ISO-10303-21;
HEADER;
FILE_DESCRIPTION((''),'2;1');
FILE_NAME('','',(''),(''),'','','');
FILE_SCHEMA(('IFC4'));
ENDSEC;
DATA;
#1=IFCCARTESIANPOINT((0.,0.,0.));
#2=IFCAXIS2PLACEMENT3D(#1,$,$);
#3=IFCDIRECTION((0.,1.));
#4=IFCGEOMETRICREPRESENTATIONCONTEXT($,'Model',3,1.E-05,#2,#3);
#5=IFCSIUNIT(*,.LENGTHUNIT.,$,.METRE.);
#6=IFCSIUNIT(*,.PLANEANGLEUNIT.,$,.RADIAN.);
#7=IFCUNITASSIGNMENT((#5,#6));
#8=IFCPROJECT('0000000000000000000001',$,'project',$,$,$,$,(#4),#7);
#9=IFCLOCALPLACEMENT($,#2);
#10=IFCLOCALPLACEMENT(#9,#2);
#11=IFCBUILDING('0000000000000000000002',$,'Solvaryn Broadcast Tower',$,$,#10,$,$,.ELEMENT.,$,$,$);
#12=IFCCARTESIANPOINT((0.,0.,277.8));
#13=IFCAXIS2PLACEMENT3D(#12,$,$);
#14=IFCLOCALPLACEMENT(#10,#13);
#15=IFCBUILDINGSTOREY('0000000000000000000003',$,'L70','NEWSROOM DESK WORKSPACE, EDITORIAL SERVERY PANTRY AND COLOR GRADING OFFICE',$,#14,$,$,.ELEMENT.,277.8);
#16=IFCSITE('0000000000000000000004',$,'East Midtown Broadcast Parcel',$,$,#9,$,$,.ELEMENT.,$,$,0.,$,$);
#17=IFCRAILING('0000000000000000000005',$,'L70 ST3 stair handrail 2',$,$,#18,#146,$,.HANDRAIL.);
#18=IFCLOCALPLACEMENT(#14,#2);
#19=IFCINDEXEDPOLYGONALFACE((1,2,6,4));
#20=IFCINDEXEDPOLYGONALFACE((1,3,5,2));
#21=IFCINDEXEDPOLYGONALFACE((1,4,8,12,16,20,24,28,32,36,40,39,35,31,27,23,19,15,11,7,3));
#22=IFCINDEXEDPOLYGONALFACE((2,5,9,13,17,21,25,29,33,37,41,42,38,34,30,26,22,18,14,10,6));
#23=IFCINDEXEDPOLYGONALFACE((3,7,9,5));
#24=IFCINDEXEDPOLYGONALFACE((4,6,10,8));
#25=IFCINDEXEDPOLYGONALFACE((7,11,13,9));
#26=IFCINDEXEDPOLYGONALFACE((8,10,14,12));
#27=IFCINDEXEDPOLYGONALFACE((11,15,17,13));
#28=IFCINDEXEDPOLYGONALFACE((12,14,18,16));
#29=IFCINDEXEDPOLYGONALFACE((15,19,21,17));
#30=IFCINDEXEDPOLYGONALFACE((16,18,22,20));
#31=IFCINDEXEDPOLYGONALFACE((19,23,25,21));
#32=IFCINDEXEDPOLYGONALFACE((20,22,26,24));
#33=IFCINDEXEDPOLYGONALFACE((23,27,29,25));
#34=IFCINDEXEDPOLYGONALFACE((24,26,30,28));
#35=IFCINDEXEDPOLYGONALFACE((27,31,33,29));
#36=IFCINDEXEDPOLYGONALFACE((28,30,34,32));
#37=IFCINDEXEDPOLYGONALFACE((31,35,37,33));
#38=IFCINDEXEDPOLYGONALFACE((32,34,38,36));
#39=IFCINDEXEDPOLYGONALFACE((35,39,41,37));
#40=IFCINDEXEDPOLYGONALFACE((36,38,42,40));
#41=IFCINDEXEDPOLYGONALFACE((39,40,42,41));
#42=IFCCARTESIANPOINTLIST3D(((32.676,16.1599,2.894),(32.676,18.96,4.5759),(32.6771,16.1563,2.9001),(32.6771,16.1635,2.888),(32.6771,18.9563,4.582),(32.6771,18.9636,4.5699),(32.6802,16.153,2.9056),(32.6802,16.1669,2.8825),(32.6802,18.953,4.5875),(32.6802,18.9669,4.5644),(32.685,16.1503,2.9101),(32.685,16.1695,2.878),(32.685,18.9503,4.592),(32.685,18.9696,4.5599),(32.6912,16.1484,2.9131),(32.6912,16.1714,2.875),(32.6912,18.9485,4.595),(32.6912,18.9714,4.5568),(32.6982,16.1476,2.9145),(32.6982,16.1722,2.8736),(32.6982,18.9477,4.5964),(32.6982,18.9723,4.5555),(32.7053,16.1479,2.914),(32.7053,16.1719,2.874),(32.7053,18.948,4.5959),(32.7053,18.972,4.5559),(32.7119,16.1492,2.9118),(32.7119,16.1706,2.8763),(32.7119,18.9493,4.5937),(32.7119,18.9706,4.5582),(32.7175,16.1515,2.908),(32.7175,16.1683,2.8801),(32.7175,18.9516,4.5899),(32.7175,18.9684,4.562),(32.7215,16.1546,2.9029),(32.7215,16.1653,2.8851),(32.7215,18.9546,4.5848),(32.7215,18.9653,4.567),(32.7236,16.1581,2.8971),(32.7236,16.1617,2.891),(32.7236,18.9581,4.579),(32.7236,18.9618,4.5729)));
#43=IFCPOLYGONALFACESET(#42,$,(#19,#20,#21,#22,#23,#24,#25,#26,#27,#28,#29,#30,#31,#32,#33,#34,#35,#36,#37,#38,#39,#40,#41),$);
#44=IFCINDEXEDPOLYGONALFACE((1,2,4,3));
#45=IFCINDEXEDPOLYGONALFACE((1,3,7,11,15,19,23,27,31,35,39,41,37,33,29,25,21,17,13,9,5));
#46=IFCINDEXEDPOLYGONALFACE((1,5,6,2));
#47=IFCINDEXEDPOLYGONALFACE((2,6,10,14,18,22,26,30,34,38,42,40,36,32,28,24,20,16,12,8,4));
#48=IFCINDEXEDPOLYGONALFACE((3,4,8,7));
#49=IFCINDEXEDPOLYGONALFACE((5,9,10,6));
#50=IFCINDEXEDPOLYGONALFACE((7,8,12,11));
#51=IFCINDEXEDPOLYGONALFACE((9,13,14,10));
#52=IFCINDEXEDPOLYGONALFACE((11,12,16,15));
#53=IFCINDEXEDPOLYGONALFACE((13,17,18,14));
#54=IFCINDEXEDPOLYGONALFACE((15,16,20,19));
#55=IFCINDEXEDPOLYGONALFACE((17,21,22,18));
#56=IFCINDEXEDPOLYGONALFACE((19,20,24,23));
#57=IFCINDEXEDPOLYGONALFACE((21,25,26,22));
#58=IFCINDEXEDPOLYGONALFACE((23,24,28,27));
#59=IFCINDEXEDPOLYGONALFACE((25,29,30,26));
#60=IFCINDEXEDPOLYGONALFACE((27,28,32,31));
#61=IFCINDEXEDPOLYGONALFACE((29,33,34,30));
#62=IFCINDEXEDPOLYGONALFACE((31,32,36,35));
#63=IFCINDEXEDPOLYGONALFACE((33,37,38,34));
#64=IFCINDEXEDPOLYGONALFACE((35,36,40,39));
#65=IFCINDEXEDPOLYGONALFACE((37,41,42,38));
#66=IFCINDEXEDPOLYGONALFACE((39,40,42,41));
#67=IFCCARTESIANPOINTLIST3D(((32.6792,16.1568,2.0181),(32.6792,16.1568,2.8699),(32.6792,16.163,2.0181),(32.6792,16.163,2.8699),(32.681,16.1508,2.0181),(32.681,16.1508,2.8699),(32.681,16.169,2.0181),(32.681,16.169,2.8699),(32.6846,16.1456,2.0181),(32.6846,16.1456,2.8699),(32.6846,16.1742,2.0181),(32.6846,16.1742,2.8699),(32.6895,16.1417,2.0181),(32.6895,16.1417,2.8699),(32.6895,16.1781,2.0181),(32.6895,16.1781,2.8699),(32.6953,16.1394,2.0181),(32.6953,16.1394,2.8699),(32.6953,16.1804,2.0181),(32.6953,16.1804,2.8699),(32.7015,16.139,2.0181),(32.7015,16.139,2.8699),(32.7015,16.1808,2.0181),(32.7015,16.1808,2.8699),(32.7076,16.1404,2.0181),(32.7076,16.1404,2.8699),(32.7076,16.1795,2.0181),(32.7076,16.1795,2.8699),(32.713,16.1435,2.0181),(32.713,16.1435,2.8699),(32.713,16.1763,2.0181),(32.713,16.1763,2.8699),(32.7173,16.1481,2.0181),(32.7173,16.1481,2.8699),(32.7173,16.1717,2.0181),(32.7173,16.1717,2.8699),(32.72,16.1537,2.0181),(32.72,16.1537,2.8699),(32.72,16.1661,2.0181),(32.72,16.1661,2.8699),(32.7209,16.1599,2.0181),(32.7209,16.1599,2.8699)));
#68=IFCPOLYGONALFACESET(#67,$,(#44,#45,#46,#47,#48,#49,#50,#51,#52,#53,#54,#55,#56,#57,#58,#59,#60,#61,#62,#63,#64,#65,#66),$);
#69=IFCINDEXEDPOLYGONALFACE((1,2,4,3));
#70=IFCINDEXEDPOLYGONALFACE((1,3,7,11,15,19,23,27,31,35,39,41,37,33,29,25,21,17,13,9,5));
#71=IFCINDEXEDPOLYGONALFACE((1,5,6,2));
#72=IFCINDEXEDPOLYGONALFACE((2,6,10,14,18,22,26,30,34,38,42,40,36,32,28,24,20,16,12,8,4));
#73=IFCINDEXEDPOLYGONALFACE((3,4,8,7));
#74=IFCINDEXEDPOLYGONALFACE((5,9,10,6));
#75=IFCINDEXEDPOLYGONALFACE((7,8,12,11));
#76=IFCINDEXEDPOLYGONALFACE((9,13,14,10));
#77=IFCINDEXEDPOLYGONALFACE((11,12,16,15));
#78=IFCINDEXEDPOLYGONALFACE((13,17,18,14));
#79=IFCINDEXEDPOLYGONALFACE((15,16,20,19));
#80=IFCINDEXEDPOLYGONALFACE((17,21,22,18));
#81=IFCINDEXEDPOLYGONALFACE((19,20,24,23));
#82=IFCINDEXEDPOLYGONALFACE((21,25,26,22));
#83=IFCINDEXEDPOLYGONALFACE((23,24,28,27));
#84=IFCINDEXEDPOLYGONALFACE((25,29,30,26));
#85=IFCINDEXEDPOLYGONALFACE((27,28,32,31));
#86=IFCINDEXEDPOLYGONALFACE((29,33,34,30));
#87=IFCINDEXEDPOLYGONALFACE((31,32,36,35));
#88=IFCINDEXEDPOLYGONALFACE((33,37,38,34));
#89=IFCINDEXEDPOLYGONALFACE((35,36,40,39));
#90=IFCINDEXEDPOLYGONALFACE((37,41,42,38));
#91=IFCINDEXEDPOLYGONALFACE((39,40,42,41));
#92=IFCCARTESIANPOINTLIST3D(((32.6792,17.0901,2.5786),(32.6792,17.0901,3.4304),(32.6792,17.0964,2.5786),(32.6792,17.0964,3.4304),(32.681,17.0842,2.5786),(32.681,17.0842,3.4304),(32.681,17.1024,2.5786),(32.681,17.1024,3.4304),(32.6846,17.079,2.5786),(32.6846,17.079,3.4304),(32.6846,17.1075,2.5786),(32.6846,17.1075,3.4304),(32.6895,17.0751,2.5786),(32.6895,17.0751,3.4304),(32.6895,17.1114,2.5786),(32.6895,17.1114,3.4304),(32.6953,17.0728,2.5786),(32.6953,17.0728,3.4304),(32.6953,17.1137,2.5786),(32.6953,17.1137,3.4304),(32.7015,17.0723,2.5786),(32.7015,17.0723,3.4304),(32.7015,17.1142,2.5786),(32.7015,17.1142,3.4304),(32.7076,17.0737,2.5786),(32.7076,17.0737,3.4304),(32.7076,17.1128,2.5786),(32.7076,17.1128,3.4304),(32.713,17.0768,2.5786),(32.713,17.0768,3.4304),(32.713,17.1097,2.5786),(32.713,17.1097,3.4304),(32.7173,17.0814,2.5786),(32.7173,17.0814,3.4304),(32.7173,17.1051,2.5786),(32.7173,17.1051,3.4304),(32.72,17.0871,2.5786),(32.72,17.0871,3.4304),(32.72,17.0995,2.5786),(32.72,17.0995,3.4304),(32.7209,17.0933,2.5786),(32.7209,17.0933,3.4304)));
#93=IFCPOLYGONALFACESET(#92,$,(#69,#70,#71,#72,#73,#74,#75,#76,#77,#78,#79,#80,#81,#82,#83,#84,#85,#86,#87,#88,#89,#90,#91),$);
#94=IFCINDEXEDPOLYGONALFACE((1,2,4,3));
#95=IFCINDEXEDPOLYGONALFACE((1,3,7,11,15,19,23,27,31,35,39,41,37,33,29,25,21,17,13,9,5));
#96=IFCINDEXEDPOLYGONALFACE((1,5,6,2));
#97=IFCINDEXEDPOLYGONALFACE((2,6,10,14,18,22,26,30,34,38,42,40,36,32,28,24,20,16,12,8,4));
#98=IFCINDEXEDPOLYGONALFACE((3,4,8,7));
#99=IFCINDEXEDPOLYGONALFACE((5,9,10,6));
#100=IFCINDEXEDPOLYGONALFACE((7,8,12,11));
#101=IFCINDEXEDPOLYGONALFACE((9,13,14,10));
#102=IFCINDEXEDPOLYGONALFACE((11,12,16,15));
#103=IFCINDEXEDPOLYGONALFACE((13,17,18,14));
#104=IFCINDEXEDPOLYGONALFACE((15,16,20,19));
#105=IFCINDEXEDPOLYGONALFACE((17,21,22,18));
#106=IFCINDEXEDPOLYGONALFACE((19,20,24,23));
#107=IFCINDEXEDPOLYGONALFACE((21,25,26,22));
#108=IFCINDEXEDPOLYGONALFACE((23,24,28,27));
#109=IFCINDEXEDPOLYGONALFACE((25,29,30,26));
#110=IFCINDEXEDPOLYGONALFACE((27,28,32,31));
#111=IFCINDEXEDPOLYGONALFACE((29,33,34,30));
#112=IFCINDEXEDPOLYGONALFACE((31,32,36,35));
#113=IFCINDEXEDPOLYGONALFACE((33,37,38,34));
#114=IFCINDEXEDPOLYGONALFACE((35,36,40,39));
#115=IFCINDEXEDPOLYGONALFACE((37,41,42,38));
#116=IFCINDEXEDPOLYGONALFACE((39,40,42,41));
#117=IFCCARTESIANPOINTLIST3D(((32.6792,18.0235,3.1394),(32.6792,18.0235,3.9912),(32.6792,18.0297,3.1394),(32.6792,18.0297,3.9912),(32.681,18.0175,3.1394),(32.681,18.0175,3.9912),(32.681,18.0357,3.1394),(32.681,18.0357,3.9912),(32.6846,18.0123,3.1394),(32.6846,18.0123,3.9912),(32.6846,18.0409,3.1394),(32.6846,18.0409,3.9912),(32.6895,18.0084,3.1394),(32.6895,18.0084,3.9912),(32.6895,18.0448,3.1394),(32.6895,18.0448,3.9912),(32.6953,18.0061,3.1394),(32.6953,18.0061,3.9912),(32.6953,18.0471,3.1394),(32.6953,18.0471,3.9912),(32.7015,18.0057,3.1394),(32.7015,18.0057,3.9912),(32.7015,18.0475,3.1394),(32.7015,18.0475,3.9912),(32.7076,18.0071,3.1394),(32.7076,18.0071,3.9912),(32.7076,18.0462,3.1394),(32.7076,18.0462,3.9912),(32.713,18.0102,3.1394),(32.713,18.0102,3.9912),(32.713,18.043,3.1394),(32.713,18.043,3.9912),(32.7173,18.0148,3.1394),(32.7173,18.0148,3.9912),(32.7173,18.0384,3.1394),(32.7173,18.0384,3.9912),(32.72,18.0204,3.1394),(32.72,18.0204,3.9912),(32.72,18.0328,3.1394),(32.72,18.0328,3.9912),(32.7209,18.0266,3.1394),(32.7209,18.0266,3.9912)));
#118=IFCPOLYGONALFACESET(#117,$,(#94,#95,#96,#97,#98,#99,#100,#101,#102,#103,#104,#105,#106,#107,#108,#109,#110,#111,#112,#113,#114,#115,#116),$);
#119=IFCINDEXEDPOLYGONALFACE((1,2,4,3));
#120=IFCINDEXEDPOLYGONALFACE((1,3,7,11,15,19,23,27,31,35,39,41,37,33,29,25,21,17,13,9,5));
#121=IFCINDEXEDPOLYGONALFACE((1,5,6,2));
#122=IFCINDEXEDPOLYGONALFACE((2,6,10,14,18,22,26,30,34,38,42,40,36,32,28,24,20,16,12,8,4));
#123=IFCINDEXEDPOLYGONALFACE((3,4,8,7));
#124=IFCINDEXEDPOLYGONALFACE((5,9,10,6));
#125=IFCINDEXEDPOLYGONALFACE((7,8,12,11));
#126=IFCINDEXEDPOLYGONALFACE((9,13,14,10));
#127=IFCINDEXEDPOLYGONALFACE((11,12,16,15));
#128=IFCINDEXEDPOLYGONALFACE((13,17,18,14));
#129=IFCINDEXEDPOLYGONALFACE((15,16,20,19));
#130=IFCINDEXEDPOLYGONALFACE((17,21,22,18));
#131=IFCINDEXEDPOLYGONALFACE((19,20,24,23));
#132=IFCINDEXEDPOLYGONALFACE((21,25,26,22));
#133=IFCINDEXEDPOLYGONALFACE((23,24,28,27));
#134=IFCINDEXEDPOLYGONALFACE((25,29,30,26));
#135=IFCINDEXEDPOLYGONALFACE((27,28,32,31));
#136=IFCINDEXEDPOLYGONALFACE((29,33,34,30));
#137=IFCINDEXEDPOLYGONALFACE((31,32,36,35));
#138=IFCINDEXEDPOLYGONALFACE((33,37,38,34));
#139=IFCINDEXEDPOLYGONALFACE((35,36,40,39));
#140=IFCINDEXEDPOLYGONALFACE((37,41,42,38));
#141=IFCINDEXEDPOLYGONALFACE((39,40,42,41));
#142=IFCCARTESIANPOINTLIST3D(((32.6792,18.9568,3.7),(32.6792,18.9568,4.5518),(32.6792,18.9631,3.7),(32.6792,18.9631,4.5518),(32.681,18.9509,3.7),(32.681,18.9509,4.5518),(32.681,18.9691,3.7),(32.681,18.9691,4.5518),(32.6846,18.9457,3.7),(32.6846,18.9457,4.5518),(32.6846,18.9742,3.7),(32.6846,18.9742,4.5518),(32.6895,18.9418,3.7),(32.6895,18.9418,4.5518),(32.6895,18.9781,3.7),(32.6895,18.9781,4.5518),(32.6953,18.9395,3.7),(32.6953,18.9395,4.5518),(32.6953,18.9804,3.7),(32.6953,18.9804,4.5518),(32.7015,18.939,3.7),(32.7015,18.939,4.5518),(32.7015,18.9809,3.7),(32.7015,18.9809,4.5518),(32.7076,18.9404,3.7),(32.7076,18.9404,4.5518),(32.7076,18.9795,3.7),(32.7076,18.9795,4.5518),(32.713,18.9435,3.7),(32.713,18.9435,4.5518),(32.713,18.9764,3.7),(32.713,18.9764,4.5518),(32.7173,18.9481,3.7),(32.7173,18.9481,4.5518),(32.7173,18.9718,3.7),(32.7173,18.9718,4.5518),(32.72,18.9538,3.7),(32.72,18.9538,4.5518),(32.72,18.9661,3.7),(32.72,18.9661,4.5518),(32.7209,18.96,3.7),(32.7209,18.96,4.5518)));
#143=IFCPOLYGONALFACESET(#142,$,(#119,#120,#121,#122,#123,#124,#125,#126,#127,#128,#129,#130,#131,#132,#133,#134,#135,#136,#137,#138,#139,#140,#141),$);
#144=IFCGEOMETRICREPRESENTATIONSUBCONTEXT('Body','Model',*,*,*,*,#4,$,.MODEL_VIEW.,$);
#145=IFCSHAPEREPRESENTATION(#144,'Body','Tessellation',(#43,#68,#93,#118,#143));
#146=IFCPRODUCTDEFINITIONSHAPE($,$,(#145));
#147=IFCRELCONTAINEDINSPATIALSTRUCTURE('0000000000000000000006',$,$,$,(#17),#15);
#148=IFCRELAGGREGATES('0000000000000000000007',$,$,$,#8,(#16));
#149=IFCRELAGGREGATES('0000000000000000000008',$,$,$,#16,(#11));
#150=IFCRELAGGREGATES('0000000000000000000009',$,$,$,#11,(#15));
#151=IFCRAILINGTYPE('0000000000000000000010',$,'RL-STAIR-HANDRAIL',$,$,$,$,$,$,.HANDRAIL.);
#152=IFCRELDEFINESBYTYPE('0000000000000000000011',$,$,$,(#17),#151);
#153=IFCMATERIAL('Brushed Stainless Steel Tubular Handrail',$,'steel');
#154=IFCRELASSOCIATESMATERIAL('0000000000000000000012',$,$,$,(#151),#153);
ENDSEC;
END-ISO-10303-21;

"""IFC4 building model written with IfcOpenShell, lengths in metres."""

from ifc_helpers import new_model, si_unit, direction, frame, origin, origin_2d, place, context, subcontext, project, spatial, circle, extrude, material, type_object, element, save


model = new_model("IFC4")

# Units and contexts
model_context = context("Model", 3, precision=1e-05, world=origin(), true_north=direction((0.0, 1.0)))
body_context = subcontext(model_context, "Body", "Model", "MODEL_VIEW")
ifc_project = project(units=[si_unit("LENGTHUNIT", "METRE"), si_unit("PLANEANGLEUNIT", "RADIAN")], contexts=[model_context])

# Site, building, storey
site_placement = place(None, origin())
site = spatial("IfcSite", under=ifc_project, at=site_placement, Name="East Midtown Broadcast Parcel", CompositionType="ELEMENT", RefElevation=0.0)
building_placement = place(site_placement, origin())
building = spatial("IfcBuilding", under=site, at=building_placement, Name="Solvaryn Broadcast Tower", CompositionType="ELEMENT")
storey_placement = place(building_placement, frame((0.0, 0.0, 277.8)))
storey = spatial("IfcBuildingStorey", under=building, at=storey_placement, Name="L70", Description="NEWSROOM DESK WORKSPACE, EDITORIAL SERVERY PANTRY AND COLOR GRADING OFFICE", CompositionType="ELEMENT", Elevation=277.8)

# Railing
ifc_material_1 = material(Name="Brushed Stainless Steel Tubular Handrail", Category="steel")
railing_type_1 = type_object("IfcRailingType", Name="RL-STAIR-HANDRAIL", PredefinedType="HANDRAIL", material=ifc_material_1)
railing_1_placement = place(storey_placement, frame((32.7, 16.1599, 2.0181)))
element("IfcRailing", 1, at=railing_1_placement, inside=storey, type_object=railing_type_1, Name="L70 ST3 stair handrail 2", PredefinedType="HANDRAIL", context=body_context, shape_type="SweptSolid", body=[
    extrude(circle(Radius=0.0239, at=origin_2d()), frame((0.0, 0.0, 0.876), z_axis=(0.0, 0.857242, 0.514913), x_axis=(-1.0, 0.0, 0.0)), (0.0, 0.0, 1.0), 3.2664),
    extrude(circle(Radius=0.021, at=origin_2d()), origin(), (0.0, 0.0, 1.0), 0.8518),
    extrude(circle(Radius=0.021, at=origin_2d()), frame((0.0, 0.9333, 0.5605)), (0.0, 0.0, 1.0), 0.8518),
    extrude(circle(Radius=0.021, at=origin_2d()), frame((0.0, 1.8667, 1.1213)), (0.0, 0.0, 1.0), 0.8518),
    extrude(circle(Radius=0.021, at=origin_2d()), frame((0.0, 2.8, 1.6819)), (0.0, 0.0, 1.0), 0.8518),
])

save(model, "model.ifc")
